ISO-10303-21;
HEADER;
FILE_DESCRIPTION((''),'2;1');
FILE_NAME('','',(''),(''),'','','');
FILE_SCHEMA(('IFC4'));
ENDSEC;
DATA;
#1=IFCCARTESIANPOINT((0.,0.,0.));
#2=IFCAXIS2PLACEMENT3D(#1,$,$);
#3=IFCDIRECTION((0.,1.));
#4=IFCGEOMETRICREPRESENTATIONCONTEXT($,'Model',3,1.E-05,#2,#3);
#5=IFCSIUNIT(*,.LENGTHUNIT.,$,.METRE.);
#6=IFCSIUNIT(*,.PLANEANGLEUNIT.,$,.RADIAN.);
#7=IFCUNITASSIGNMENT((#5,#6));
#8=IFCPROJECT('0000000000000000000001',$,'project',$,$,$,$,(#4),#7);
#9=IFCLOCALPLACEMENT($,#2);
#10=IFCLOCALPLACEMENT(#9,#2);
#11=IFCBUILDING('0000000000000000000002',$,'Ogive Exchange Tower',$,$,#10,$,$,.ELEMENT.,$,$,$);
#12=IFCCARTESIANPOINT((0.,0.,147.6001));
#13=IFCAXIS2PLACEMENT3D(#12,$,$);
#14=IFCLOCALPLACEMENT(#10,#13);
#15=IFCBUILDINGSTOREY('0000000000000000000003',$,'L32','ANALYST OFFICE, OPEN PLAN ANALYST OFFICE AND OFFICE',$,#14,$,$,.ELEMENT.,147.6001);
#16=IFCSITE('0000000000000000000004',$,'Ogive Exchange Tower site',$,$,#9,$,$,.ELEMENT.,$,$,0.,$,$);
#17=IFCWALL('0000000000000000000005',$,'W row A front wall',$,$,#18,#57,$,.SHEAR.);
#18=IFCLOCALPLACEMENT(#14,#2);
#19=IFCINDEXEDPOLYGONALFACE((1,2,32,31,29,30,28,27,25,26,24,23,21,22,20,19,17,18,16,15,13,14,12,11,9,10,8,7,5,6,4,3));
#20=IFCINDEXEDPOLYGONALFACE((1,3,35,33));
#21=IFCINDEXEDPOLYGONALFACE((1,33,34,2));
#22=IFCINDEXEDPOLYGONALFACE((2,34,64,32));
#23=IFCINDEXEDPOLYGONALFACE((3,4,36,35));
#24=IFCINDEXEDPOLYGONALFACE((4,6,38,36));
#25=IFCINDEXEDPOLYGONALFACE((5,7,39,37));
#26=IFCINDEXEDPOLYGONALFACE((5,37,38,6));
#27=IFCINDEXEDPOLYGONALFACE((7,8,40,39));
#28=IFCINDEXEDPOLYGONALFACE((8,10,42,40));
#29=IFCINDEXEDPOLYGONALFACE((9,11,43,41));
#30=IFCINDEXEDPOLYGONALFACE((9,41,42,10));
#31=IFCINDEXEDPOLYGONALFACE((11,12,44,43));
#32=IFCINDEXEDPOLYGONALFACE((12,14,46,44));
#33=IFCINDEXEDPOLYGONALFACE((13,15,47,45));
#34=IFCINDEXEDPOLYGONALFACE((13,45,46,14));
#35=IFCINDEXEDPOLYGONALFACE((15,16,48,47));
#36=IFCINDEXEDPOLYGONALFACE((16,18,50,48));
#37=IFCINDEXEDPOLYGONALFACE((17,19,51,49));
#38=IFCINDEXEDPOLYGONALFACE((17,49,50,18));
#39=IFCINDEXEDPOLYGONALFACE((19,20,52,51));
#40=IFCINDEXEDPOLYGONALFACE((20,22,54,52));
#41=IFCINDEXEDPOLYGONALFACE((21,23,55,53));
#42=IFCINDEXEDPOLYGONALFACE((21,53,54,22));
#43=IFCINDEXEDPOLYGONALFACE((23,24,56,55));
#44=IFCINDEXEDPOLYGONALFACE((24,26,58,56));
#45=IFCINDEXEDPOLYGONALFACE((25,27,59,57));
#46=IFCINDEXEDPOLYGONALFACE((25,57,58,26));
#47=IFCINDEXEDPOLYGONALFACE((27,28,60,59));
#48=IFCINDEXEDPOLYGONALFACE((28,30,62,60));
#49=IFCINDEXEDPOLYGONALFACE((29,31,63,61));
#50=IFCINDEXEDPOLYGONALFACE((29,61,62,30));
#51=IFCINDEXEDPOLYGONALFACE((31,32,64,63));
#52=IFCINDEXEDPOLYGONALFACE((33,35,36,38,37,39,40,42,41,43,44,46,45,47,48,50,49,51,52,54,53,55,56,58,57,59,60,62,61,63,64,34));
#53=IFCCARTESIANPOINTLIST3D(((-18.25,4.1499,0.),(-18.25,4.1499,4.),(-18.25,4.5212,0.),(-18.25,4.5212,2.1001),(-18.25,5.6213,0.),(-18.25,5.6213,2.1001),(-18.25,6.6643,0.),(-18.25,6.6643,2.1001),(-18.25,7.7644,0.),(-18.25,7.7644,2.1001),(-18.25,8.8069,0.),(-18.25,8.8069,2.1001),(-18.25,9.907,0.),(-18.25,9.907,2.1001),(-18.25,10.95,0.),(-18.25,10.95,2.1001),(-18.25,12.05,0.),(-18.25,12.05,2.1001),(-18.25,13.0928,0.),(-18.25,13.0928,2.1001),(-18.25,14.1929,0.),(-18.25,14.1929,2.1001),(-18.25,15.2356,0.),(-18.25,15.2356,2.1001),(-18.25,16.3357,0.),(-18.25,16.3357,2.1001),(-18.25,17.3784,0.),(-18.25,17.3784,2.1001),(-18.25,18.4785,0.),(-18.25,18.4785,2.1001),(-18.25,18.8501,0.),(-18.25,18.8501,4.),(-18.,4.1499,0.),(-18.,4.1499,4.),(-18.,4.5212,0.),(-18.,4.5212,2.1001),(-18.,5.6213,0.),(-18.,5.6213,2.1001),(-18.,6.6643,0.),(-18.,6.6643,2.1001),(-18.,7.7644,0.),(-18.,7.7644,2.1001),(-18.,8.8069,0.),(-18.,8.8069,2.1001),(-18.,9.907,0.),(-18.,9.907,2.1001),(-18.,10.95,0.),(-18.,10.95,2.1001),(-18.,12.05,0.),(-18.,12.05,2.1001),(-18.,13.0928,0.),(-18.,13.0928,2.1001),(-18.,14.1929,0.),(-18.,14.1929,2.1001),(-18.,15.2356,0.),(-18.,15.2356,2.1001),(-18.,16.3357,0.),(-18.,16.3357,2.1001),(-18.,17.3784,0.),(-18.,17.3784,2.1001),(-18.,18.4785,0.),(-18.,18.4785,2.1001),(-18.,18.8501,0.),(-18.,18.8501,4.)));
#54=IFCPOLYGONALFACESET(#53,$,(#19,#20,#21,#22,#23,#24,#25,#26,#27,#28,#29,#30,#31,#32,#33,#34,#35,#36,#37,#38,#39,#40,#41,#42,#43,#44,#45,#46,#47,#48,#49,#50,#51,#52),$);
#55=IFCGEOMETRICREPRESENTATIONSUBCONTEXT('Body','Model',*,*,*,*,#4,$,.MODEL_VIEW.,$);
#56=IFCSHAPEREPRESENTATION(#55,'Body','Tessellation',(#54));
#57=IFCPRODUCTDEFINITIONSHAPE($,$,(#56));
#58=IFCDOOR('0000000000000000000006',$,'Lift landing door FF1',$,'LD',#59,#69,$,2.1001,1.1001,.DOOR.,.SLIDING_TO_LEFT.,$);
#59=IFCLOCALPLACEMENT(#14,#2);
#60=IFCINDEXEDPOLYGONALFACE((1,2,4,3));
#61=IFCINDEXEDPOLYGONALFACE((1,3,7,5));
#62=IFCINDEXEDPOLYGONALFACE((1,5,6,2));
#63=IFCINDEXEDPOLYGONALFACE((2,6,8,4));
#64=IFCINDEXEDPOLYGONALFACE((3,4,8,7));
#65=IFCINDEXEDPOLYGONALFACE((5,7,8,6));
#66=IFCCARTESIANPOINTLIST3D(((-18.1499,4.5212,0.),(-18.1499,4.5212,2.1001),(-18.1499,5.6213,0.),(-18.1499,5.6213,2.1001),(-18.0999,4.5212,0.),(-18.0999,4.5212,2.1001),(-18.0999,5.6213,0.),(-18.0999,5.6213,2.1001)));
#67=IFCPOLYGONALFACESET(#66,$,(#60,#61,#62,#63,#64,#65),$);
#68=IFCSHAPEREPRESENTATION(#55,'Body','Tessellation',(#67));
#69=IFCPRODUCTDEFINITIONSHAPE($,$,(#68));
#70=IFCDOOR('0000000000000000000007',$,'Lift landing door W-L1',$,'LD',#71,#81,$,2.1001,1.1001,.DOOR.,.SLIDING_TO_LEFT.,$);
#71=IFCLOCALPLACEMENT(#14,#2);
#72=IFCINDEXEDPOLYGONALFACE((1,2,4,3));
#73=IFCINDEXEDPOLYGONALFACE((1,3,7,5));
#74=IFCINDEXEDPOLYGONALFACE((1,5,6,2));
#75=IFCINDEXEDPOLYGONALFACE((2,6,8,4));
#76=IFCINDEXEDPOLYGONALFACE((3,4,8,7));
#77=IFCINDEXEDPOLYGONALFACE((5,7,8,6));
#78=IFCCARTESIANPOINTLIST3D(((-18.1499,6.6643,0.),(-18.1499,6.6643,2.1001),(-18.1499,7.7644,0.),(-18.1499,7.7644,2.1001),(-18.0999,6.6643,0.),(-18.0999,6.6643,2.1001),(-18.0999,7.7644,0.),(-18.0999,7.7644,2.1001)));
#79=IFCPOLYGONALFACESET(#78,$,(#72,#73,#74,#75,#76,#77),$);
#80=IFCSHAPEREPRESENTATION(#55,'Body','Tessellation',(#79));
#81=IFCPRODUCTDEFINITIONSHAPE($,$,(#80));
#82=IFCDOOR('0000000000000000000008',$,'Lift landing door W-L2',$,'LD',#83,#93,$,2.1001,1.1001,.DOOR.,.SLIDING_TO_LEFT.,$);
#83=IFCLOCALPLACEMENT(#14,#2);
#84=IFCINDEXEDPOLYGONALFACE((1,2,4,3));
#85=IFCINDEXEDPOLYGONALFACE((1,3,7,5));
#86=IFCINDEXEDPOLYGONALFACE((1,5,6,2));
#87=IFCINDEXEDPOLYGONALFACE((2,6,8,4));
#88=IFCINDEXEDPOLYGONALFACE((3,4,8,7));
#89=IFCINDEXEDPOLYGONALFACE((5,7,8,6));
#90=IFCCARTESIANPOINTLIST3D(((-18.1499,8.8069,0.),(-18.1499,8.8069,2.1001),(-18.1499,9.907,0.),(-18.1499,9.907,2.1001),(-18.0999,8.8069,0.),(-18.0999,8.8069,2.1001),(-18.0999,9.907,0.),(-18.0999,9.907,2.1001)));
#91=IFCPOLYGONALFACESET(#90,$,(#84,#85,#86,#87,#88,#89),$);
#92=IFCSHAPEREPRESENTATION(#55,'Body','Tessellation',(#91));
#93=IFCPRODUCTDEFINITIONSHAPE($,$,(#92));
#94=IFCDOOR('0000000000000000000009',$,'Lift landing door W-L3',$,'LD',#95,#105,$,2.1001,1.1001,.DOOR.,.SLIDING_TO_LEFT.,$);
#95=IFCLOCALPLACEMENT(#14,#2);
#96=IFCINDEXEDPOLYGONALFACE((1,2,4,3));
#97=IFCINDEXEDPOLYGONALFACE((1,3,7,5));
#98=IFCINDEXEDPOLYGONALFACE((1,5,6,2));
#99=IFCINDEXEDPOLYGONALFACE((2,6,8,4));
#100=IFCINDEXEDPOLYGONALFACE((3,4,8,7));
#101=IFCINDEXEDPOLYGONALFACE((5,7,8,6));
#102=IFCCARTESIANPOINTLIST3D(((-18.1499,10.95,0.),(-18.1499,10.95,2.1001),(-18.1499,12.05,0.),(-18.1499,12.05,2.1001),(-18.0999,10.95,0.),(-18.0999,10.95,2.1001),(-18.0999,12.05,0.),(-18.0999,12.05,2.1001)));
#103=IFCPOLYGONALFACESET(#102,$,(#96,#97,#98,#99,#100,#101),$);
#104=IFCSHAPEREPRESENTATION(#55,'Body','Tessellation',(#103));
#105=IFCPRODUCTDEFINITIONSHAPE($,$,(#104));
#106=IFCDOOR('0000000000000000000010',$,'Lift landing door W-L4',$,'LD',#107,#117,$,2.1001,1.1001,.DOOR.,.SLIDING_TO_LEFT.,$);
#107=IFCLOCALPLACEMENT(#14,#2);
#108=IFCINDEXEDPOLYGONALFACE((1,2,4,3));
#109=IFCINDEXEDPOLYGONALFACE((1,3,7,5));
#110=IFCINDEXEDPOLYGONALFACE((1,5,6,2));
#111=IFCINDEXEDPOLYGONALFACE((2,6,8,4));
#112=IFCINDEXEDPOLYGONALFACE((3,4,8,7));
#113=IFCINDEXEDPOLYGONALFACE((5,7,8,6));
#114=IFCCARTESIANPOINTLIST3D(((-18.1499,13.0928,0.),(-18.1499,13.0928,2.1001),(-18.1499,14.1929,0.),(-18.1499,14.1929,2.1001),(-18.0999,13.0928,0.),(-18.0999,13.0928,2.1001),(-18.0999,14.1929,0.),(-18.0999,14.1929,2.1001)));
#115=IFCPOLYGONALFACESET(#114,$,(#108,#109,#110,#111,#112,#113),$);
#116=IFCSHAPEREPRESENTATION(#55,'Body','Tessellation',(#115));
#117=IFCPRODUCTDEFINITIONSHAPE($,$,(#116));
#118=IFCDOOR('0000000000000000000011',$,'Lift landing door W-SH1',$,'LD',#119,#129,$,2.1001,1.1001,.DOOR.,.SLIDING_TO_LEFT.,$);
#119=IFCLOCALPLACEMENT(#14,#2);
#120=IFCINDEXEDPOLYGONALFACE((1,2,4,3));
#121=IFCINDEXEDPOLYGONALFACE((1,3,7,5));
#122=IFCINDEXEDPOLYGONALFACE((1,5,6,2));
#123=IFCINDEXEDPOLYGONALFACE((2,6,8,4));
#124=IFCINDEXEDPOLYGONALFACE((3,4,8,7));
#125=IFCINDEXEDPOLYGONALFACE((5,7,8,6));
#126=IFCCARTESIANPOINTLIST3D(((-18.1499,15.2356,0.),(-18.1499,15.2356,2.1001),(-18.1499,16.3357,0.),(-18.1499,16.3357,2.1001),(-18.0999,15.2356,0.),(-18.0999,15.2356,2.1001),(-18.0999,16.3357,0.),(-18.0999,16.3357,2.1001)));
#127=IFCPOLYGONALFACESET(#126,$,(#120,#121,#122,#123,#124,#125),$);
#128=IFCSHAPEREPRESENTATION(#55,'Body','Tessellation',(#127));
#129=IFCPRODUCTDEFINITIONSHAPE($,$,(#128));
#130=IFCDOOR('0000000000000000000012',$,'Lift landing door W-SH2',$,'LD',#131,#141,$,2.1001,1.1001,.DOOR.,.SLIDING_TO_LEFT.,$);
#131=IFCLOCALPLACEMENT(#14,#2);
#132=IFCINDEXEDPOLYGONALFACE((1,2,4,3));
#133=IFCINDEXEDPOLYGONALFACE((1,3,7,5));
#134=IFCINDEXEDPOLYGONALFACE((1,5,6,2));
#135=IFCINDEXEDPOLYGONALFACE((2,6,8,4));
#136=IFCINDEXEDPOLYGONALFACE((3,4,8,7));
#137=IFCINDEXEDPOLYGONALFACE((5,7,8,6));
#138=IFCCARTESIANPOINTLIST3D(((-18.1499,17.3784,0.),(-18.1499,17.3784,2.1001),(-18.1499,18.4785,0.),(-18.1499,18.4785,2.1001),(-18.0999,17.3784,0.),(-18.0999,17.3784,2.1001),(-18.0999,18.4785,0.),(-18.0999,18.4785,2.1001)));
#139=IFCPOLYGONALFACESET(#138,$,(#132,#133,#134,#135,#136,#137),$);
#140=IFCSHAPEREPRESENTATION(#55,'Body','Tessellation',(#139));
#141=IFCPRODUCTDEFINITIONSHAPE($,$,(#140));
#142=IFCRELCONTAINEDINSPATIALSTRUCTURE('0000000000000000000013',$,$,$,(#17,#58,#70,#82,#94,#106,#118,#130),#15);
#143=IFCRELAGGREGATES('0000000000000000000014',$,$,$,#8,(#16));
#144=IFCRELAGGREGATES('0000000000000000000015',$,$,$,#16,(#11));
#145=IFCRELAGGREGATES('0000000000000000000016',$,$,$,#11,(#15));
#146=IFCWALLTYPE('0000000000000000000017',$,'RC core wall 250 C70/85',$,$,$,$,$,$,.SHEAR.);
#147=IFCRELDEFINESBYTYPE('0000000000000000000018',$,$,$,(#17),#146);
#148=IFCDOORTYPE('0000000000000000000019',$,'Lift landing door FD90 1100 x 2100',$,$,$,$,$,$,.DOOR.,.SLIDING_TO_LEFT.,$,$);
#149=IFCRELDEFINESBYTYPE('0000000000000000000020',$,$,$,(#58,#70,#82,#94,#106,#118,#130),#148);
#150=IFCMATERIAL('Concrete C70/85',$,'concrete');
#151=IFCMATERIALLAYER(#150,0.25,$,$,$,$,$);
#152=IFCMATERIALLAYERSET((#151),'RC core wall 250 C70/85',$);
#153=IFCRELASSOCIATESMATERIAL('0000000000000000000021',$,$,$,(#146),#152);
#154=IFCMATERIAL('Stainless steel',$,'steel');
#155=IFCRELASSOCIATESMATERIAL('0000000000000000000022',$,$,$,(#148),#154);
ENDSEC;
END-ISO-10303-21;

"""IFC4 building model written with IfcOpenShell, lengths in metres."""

from ifc_helpers import new_model, si_unit, direction, frame, frame_2d, origin, place, context, subcontext, project, spatial, rectangle, extrude, material, layer, layer_set, type_object, element, fill, save


model = new_model("IFC4")

# Units and contexts
model_context = context("Model", 3, precision=1e-05, world=origin(), true_north=direction((0.0, 1.0)))
body_context = subcontext(model_context, "Body", "Model", "MODEL_VIEW")
ifc_project = project(units=[si_unit("LENGTHUNIT", "METRE"), si_unit("PLANEANGLEUNIT", "RADIAN")], contexts=[model_context])

# Site, building, storey
site_placement = place(None, origin())
site = spatial("IfcSite", under=ifc_project, at=site_placement, Name="Ogive Exchange Tower site", CompositionType="ELEMENT", RefElevation=0.0)
building_placement = place(site_placement, origin())
building = spatial("IfcBuilding", under=site, at=building_placement, Name="Ogive Exchange Tower", CompositionType="ELEMENT")
storey_placement = place(building_placement, frame((0.0, 0.0, 147.6001)))
storey = spatial("IfcBuildingStorey", under=building, at=storey_placement, Name="L32", Description="ANALYST OFFICE, OPEN PLAN ANALYST OFFICE AND OFFICE", CompositionType="ELEMENT", Elevation=147.6001)

# Shared definitions
ifc_material_1 = material(Name="Concrete C70/85", Category="concrete")
ifc_layer_1 = layer(ifc_material_1, 0.25)
ifc_layer_set_1 = layer_set([ifc_layer_1], Name="RC core wall 250 C70/85")
wall_type_1 = type_object("IfcWallType", Name="RC core wall 250 C70/85", PredefinedType="SHEAR", material=ifc_layer_set_1)

# Wall, openings, doors
wall_1_placement = place(storey_placement, frame((-18.125, 4.1499, 0.0), z_axis=(0.0, 0.0, 1.0), x_axis=(0.0, 1.0, 0.0)))
wall_1 = element("IfcWall", 1, at=wall_1_placement, inside=storey, type_object=wall_type_1, Name="W row A front wall", PredefinedType="SHEAR", context=body_context, shape_type="SweptSolid", body=[
    extrude(rectangle(XDim=14.7002, YDim=0.25, at=frame_2d((7.3501, 0.0))), origin(), (0.0, 0.0, 1.0), 4.0),
])
opening_1_placement = place(wall_1_placement, frame((0.3713, 0.0, 0.0)))
opening_1 = element("IfcOpeningElement", 2, at=opening_1_placement, cuts=wall_1, PredefinedType="OPENING", context=body_context, shape_type="SweptSolid", body=[
    extrude(rectangle(XDim=1.1001, YDim=2.1001, at=frame_2d((0.55, 1.05))), frame((0.0, 0.135, 0.0), z_axis=(0.0, -1.0, 0.0), x_axis=(1.0, 0.0, 0.0)), (0.0, 0.0, 1.0), 0.27),
])
opening_2_placement = place(wall_1_placement, frame((2.5144, 0.0, 0.0)))
opening_2 = element("IfcOpeningElement", 3, at=opening_2_placement, cuts=wall_1, PredefinedType="OPENING", context=body_context, shape_type="SweptSolid", body=[
    extrude(rectangle(XDim=1.1001, YDim=2.1001, at=frame_2d((0.55, 1.05))), frame((0.0, 0.135, 0.0), z_axis=(0.0, -1.0, 0.0), x_axis=(1.0, 0.0, 0.0)), (0.0, 0.0, 1.0), 0.27),
])
opening_3_placement = place(wall_1_placement, frame((4.657, 0.0, 0.0)))
opening_3 = element("IfcOpeningElement", 4, at=opening_3_placement, cuts=wall_1, PredefinedType="OPENING", context=body_context, shape_type="SweptSolid", body=[
    extrude(rectangle(XDim=1.1001, YDim=2.1001, at=frame_2d((0.55, 1.05))), frame((0.0, 0.135, 0.0), z_axis=(0.0, -1.0, 0.0), x_axis=(1.0, 0.0, 0.0)), (0.0, 0.0, 1.0), 0.27),
])
opening_4_placement = place(wall_1_placement, frame((6.8, 0.0, 0.0)))
opening_4 = element("IfcOpeningElement", 5, at=opening_4_placement, cuts=wall_1, PredefinedType="OPENING", context=body_context, shape_type="SweptSolid", body=[
    extrude(rectangle(XDim=1.1001, YDim=2.1001, at=frame_2d((0.55, 1.05))), frame((0.0, 0.135, 0.0), z_axis=(0.0, -1.0, 0.0), x_axis=(1.0, 0.0, 0.0)), (0.0, 0.0, 1.0), 0.27),
])
opening_5_placement = place(wall_1_placement, frame((8.9429, 0.0, 0.0)))
opening_5 = element("IfcOpeningElement", 6, at=opening_5_placement, cuts=wall_1, PredefinedType="OPENING", context=body_context, shape_type="SweptSolid", body=[
    extrude(rectangle(XDim=1.1001, YDim=2.1001, at=frame_2d((0.55, 1.05))), frame((0.0, 0.135, 0.0), z_axis=(0.0, -1.0, 0.0), x_axis=(1.0, 0.0, 0.0)), (0.0, 0.0, 1.0), 0.27),
])
opening_6_placement = place(wall_1_placement, frame((11.0857, 0.0, 0.0)))
opening_6 = element("IfcOpeningElement", 7, at=opening_6_placement, cuts=wall_1, PredefinedType="OPENING", context=body_context, shape_type="SweptSolid", body=[
    extrude(rectangle(XDim=1.1001, YDim=2.1001, at=frame_2d((0.55, 1.05))), frame((0.0, 0.135, 0.0), z_axis=(0.0, -1.0, 0.0), x_axis=(1.0, 0.0, 0.0)), (0.0, 0.0, 1.0), 0.27),
])
opening_7_placement = place(wall_1_placement, frame((13.2285, 0.0, 0.0)))
opening_7 = element("IfcOpeningElement", 8, at=opening_7_placement, cuts=wall_1, PredefinedType="OPENING", context=body_context, shape_type="SweptSolid", body=[
    extrude(rectangle(XDim=1.1001, YDim=2.1001, at=frame_2d((0.55, 1.05))), frame((0.0, 0.135, 0.0), z_axis=(0.0, -1.0, 0.0), x_axis=(1.0, 0.0, 0.0)), (0.0, 0.0, 1.0), 0.27),
])
ifc_material_2 = material(Name="Stainless steel", Category="steel")
door_type_1 = type_object("IfcDoorType", Name="Lift landing door FD90 1100 x 2100", OperationType="SLIDING_TO_LEFT", PredefinedType="DOOR", material=ifc_material_2)
door_1_placement = place(opening_1_placement, origin())
door_1 = element("IfcDoor", 9, at=door_1_placement, inside=storey, type_object=door_type_1, Name="Lift landing door FF1", ObjectType="LD", OperationType="SLIDING_TO_LEFT", OverallHeight=2.1001, OverallWidth=1.1001, PredefinedType="DOOR", context=body_context, shape_type="SweptSolid", body=[
    extrude(rectangle(XDim=1.1001, YDim=2.1001, at=frame_2d((0.55, 1.05))), frame((0.0, 0.0249, 0.0), z_axis=(0.0, -1.0, 0.0), x_axis=(1.0, 0.0, 0.0)), (0.0, 0.0, 1.0), 0.05),
])
fill(opening_1, door_1)
door_2_placement = place(opening_2_placement, origin())
door_2 = element("IfcDoor", 10, at=door_2_placement, inside=storey, type_object=door_type_1, Name="Lift landing door W-L1", ObjectType="LD", OperationType="SLIDING_TO_LEFT", OverallHeight=2.1001, OverallWidth=1.1001, PredefinedType="DOOR", context=body_context, shape_type="SweptSolid", body=[
    extrude(rectangle(XDim=1.1001, YDim=2.1001, at=frame_2d((0.55, 1.05))), frame((0.0, 0.0249, 0.0), z_axis=(0.0, -1.0, 0.0), x_axis=(1.0, 0.0, 0.0)), (0.0, 0.0, 1.0), 0.05),
])
fill(opening_2, door_2)
door_3_placement = place(opening_3_placement, origin())
door_3 = element("IfcDoor", 11, at=door_3_placement, inside=storey, type_object=door_type_1, Name="Lift landing door W-L2", ObjectType="LD", OperationType="SLIDING_TO_LEFT", OverallHeight=2.1001, OverallWidth=1.1001, PredefinedType="DOOR", context=body_context, shape_type="SweptSolid", body=[
    extrude(rectangle(XDim=1.1001, YDim=2.1001, at=frame_2d((0.55, 1.05))), frame((0.0, 0.0249, 0.0), z_axis=(0.0, -1.0, 0.0), x_axis=(1.0, 0.0, 0.0)), (0.0, 0.0, 1.0), 0.05),
])
fill(opening_3, door_3)
door_4_placement = place(opening_4_placement, origin())
door_4 = element("IfcDoor", 12, at=door_4_placement, inside=storey, type_object=door_type_1, Name="Lift landing door W-L3", ObjectType="LD", OperationType="SLIDING_TO_LEFT", OverallHeight=2.1001, OverallWidth=1.1001, PredefinedType="DOOR", context=body_context, shape_type="SweptSolid", body=[
    extrude(rectangle(XDim=1.1001, YDim=2.1001, at=frame_2d((0.55, 1.05))), frame((0.0, 0.0249, 0.0), z_axis=(0.0, -1.0, 0.0), x_axis=(1.0, 0.0, 0.0)), (0.0, 0.0, 1.0), 0.05),
])
fill(opening_4, door_4)
door_5_placement = place(opening_5_placement, origin())
door_5 = element("IfcDoor", 13, at=door_5_placement, inside=storey, type_object=door_type_1, Name="Lift landing door W-L4", ObjectType="LD", OperationType="SLIDING_TO_LEFT", OverallHeight=2.1001, OverallWidth=1.1001, PredefinedType="DOOR", context=body_context, shape_type="SweptSolid", body=[
    extrude(rectangle(XDim=1.1001, YDim=2.1001, at=frame_2d((0.55, 1.05))), frame((0.0, 0.0249, 0.0), z_axis=(0.0, -1.0, 0.0), x_axis=(1.0, 0.0, 0.0)), (0.0, 0.0, 1.0), 0.05),
])
fill(opening_5, door_5)
door_6_placement = place(opening_6_placement, origin())
door_6 = element("IfcDoor", 14, at=door_6_placement, inside=storey, type_object=door_type_1, Name="Lift landing door W-SH1", ObjectType="LD", OperationType="SLIDING_TO_LEFT", OverallHeight=2.1001, OverallWidth=1.1001, PredefinedType="DOOR", context=body_context, shape_type="SweptSolid", body=[
    extrude(rectangle(XDim=1.1001, YDim=2.1001, at=frame_2d((0.55, 1.05))), frame((0.0, 0.0249, 0.0), z_axis=(0.0, -1.0, 0.0), x_axis=(1.0, 0.0, 0.0)), (0.0, 0.0, 1.0), 0.05),
])
fill(opening_6, door_6)
door_7_placement = place(opening_7_placement, origin())
door_7 = element("IfcDoor", 15, at=door_7_placement, inside=storey, type_object=door_type_1, Name="Lift landing door W-SH2", ObjectType="LD", OperationType="SLIDING_TO_LEFT", OverallHeight=2.1001, OverallWidth=1.1001, PredefinedType="DOOR", context=body_context, shape_type="SweptSolid", body=[
    extrude(rectangle(XDim=1.1001, YDim=2.1001, at=frame_2d((0.55, 1.05))), frame((0.0, 0.0249, 0.0), z_axis=(0.0, -1.0, 0.0), x_axis=(1.0, 0.0, 0.0)), (0.0, 0.0, 1.0), 0.05),
])
fill(opening_7, door_7)

save(model, "model.ifc")
